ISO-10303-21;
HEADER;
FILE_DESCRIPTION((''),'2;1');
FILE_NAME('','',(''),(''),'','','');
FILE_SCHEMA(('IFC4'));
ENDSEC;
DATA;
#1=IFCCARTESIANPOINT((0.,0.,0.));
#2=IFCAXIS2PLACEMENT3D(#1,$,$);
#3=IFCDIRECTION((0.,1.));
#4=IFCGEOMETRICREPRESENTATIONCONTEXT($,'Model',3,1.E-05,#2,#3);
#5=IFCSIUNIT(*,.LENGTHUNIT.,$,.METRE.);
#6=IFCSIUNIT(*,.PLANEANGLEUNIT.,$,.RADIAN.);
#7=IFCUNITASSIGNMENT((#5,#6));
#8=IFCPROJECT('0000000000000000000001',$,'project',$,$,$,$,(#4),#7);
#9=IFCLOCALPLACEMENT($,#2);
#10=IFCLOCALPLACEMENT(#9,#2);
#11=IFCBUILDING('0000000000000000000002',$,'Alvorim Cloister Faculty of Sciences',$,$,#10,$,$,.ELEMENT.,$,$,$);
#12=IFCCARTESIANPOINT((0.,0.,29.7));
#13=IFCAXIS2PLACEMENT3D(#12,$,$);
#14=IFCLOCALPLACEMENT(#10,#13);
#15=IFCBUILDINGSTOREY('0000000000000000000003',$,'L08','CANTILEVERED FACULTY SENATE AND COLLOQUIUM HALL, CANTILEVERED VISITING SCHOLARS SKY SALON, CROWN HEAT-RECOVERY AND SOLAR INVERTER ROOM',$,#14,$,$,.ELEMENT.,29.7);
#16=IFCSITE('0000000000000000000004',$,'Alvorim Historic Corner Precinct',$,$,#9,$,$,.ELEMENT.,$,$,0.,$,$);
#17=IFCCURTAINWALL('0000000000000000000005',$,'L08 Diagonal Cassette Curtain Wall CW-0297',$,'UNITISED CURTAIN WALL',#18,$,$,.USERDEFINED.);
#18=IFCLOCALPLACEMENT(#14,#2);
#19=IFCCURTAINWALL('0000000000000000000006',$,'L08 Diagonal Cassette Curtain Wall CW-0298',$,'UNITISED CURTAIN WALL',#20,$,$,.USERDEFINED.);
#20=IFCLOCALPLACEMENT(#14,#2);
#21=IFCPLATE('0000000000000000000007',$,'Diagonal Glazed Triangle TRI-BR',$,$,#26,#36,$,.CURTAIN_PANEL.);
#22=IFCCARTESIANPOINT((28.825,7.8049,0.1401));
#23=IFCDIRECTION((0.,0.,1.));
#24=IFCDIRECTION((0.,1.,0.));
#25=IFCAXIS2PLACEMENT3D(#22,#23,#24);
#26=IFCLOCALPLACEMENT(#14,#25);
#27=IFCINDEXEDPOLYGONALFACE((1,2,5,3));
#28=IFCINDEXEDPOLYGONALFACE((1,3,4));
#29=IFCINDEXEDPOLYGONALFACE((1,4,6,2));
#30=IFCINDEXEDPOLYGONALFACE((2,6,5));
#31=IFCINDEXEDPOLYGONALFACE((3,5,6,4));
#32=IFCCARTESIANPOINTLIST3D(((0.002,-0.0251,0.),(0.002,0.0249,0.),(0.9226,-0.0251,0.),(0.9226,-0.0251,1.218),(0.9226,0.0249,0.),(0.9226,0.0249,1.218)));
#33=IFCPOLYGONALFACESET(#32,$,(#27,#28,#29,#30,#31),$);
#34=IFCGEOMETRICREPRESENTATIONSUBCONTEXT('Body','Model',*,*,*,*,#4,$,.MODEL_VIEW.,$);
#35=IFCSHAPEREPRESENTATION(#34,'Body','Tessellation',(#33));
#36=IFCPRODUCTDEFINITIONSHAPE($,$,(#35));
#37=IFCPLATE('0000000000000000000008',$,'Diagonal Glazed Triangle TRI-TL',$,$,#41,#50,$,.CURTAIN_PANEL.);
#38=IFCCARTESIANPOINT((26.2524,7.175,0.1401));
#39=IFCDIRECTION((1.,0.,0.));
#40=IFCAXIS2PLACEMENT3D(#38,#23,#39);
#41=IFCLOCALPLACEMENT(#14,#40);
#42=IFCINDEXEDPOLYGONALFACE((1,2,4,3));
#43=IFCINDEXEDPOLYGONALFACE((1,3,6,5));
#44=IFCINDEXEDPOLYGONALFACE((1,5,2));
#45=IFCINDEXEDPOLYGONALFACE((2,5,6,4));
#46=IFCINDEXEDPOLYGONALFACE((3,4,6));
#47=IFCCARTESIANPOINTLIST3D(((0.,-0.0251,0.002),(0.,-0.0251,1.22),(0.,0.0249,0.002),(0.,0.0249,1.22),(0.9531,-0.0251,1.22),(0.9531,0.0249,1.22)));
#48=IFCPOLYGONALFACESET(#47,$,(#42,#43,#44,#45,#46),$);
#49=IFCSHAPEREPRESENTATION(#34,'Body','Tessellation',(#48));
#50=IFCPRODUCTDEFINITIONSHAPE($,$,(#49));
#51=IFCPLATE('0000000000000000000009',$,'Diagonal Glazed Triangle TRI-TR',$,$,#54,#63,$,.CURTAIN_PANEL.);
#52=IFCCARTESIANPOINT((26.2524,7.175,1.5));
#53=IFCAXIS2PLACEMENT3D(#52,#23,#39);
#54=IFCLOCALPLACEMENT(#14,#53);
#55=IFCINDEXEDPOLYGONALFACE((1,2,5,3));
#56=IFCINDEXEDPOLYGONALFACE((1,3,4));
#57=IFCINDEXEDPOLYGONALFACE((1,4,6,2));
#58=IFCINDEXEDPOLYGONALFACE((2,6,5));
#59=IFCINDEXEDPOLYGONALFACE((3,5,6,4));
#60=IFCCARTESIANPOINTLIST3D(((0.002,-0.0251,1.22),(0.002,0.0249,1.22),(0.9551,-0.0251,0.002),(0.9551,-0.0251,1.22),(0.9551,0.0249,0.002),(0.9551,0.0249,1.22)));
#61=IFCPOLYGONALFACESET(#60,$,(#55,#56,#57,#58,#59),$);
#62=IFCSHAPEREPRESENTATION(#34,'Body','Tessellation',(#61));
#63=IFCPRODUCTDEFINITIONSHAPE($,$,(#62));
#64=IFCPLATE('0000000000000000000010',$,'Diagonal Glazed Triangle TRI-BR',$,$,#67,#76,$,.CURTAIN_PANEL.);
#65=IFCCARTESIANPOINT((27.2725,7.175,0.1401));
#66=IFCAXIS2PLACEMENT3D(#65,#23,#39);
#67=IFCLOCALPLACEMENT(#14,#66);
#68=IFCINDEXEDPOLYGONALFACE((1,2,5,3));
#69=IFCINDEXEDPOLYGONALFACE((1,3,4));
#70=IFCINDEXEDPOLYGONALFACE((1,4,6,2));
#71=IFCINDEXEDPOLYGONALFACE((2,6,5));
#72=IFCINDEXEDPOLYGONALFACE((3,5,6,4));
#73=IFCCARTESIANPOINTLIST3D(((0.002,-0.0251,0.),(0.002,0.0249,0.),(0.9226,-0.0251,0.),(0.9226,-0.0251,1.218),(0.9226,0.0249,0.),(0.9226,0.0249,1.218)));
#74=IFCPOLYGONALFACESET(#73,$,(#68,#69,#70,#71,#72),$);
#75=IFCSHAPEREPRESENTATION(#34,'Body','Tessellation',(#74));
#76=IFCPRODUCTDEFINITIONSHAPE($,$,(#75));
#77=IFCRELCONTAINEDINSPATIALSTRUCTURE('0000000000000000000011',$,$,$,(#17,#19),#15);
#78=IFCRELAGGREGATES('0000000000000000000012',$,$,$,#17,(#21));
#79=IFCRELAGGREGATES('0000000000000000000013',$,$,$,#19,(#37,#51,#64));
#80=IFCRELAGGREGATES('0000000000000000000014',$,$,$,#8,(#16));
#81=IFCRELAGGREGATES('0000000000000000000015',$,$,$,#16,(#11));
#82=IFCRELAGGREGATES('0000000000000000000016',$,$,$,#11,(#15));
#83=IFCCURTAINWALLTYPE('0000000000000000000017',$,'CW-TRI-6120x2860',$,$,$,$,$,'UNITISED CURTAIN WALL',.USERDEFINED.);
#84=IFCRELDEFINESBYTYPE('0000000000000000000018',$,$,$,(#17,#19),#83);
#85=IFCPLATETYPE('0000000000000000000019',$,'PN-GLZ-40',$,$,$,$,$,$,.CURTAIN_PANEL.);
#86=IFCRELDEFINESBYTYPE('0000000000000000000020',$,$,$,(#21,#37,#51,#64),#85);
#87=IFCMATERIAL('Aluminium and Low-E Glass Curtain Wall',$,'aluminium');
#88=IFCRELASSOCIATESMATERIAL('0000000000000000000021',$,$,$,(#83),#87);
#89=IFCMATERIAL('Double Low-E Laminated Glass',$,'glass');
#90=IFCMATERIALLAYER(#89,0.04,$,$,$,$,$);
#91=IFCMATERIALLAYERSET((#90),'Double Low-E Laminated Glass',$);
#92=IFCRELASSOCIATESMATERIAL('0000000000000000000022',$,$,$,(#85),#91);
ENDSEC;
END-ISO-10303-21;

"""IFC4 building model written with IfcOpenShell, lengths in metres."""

from ifc_helpers import new_model, si_unit, direction, frame, origin, place, context, subcontext, project, spatial, polyline, outline, extrude, material, layer, layer_set, type_object, element, aggregate, save


model = new_model("IFC4")

# Units and contexts
model_context = context("Model", 3, precision=1e-05, world=origin(), true_north=direction((0.0, 1.0)))
body_context = subcontext(model_context, "Body", "Model", "MODEL_VIEW")
ifc_project = project(units=[si_unit("LENGTHUNIT", "METRE"), si_unit("PLANEANGLEUNIT", "RADIAN")], contexts=[model_context])

# Site, building, storey
site_placement = place(None, origin())
site = spatial("IfcSite", under=ifc_project, at=site_placement, Name="Alvorim Historic Corner Precinct", CompositionType="ELEMENT", RefElevation=0.0)
building_placement = place(site_placement, origin())
building = spatial("IfcBuilding", under=site, at=building_placement, Name="Alvorim Cloister Faculty of Sciences", CompositionType="ELEMENT")
storey_placement = place(building_placement, frame((0.0, 0.0, 29.7)))
storey = spatial("IfcBuildingStorey", under=building, at=storey_placement, Name="L08", Description="CANTILEVERED FACULTY SENATE AND COLLOQUIUM HALL, CANTILEVERED VISITING SCHOLARS SKY SALON, CROWN HEAT-RECOVERY AND SOLAR INVERTER ROOM", CompositionType="ELEMENT", Elevation=29.7)

# Curtain walls
ifc_material_1 = material(Name="Aluminium and Low-E Glass Curtain Wall", Category="aluminium")
curtain_wall_type = type_object("IfcCurtainWallType", Name="CW-TRI-6120x2860", ElementType="UNITISED CURTAIN WALL", PredefinedType="USERDEFINED", material=ifc_material_1)
curtain_wall_1_placement = place(storey_placement, origin())
curtain_wall_1 = element("IfcCurtainWall", 1, at=curtain_wall_1_placement, inside=storey, type_object=curtain_wall_type, Name="L08 Diagonal Cassette Curtain Wall CW-0297", ObjectType="UNITISED CURTAIN WALL", PredefinedType="USERDEFINED")
curtain_wall_2_placement = place(storey_placement, origin())
curtain_wall_2 = element("IfcCurtainWall", 2, at=curtain_wall_2_placement, inside=storey, type_object=curtain_wall_type, Name="L08 Diagonal Cassette Curtain Wall CW-0298", ObjectType="UNITISED CURTAIN WALL", PredefinedType="USERDEFINED")

# Plates
ifc_material_2 = material(Name="Double Low-E Laminated Glass", Category="glass")
ifc_layer_1 = layer(ifc_material_2, 0.04)
ifc_layer_set_1 = layer_set([ifc_layer_1], Name="Double Low-E Laminated Glass")
plate_type = type_object("IfcPlateType", Name="PN-GLZ-40", PredefinedType="CURTAIN_PANEL", material=ifc_layer_set_1)
plate_1_placement = place(storey_placement, frame((28.825, 7.8049, 0.1401), z_axis=(0.0, 0.0, 1.0), x_axis=(0.0, 1.0, 0.0)))
plate_1 = element("IfcPlate", 3, at=plate_1_placement, type_object=plate_type, Name="Diagonal Glazed Triangle TRI-BR", PredefinedType="CURTAIN_PANEL", context=body_context, shape_type="SweptSolid", body=[
    extrude(outline(polyline([(0.002, 0.0), (0.9226, 0.0), (0.9226, 1.218), (0.002, 0.0)])), frame((0.0, 0.0249, 0.0), z_axis=(0.0, -1.0, 0.0), x_axis=(1.0, 0.0, 0.0)), (0.0, 0.0, 1.0), 0.05),
])
aggregate(curtain_wall_1, [plate_1])
plate_2_placement = place(storey_placement, frame((26.2524, 7.175, 0.1401), z_axis=(0.0, 0.0, 1.0), x_axis=(1.0, 0.0, 0.0)))
plate_2 = element("IfcPlate", 4, at=plate_2_placement, type_object=plate_type, Name="Diagonal Glazed Triangle TRI-TL", PredefinedType="CURTAIN_PANEL", context=body_context, shape_type="SweptSolid", body=[
    extrude(outline(polyline([(0.9531, 1.22), (0.0, 1.22), (0.0, 0.002), (0.9531, 1.22)])), frame((0.0, 0.0249, 0.0), z_axis=(0.0, -1.0, 0.0), x_axis=(1.0, 0.0, 0.0)), (0.0, 0.0, 1.0), 0.05),
])
plate_3_placement = place(storey_placement, frame((26.2524, 7.175, 1.5), z_axis=(0.0, 0.0, 1.0), x_axis=(1.0, 0.0, 0.0)))
plate_3 = element("IfcPlate", 5, at=plate_3_placement, type_object=plate_type, Name="Diagonal Glazed Triangle TRI-TR", PredefinedType="CURTAIN_PANEL", context=body_context, shape_type="SweptSolid", body=[
    extrude(outline(polyline([(0.9551, 0.002), (0.9551, 1.22), (0.002, 1.22), (0.9551, 0.002)])), frame((0.0, 0.0249, 0.0), z_axis=(0.0, -1.0, 0.0), x_axis=(1.0, 0.0, 0.0)), (0.0, 0.0, 1.0), 0.05),
])
plate_4_placement = place(storey_placement, frame((27.2725, 7.175, 0.1401), z_axis=(0.0, 0.0, 1.0), x_axis=(1.0, 0.0, 0.0)))
plate_4 = element("IfcPlate", 6, at=plate_4_placement, type_object=plate_type, Name="Diagonal Glazed Triangle TRI-BR", PredefinedType="CURTAIN_PANEL", context=body_context, shape_type="SweptSolid", body=[
    extrude(outline(polyline([(0.002, 0.0), (0.9226, 0.0), (0.9226, 1.218), (0.002, 0.0)])), frame((0.0, 0.0249, 0.0), z_axis=(0.0, -1.0, 0.0), x_axis=(1.0, 0.0, 0.0)), (0.0, 0.0, 1.0), 0.05),
])
aggregate(curtain_wall_2, [plate_2, plate_3, plate_4])

save(model, "model.ifc")
